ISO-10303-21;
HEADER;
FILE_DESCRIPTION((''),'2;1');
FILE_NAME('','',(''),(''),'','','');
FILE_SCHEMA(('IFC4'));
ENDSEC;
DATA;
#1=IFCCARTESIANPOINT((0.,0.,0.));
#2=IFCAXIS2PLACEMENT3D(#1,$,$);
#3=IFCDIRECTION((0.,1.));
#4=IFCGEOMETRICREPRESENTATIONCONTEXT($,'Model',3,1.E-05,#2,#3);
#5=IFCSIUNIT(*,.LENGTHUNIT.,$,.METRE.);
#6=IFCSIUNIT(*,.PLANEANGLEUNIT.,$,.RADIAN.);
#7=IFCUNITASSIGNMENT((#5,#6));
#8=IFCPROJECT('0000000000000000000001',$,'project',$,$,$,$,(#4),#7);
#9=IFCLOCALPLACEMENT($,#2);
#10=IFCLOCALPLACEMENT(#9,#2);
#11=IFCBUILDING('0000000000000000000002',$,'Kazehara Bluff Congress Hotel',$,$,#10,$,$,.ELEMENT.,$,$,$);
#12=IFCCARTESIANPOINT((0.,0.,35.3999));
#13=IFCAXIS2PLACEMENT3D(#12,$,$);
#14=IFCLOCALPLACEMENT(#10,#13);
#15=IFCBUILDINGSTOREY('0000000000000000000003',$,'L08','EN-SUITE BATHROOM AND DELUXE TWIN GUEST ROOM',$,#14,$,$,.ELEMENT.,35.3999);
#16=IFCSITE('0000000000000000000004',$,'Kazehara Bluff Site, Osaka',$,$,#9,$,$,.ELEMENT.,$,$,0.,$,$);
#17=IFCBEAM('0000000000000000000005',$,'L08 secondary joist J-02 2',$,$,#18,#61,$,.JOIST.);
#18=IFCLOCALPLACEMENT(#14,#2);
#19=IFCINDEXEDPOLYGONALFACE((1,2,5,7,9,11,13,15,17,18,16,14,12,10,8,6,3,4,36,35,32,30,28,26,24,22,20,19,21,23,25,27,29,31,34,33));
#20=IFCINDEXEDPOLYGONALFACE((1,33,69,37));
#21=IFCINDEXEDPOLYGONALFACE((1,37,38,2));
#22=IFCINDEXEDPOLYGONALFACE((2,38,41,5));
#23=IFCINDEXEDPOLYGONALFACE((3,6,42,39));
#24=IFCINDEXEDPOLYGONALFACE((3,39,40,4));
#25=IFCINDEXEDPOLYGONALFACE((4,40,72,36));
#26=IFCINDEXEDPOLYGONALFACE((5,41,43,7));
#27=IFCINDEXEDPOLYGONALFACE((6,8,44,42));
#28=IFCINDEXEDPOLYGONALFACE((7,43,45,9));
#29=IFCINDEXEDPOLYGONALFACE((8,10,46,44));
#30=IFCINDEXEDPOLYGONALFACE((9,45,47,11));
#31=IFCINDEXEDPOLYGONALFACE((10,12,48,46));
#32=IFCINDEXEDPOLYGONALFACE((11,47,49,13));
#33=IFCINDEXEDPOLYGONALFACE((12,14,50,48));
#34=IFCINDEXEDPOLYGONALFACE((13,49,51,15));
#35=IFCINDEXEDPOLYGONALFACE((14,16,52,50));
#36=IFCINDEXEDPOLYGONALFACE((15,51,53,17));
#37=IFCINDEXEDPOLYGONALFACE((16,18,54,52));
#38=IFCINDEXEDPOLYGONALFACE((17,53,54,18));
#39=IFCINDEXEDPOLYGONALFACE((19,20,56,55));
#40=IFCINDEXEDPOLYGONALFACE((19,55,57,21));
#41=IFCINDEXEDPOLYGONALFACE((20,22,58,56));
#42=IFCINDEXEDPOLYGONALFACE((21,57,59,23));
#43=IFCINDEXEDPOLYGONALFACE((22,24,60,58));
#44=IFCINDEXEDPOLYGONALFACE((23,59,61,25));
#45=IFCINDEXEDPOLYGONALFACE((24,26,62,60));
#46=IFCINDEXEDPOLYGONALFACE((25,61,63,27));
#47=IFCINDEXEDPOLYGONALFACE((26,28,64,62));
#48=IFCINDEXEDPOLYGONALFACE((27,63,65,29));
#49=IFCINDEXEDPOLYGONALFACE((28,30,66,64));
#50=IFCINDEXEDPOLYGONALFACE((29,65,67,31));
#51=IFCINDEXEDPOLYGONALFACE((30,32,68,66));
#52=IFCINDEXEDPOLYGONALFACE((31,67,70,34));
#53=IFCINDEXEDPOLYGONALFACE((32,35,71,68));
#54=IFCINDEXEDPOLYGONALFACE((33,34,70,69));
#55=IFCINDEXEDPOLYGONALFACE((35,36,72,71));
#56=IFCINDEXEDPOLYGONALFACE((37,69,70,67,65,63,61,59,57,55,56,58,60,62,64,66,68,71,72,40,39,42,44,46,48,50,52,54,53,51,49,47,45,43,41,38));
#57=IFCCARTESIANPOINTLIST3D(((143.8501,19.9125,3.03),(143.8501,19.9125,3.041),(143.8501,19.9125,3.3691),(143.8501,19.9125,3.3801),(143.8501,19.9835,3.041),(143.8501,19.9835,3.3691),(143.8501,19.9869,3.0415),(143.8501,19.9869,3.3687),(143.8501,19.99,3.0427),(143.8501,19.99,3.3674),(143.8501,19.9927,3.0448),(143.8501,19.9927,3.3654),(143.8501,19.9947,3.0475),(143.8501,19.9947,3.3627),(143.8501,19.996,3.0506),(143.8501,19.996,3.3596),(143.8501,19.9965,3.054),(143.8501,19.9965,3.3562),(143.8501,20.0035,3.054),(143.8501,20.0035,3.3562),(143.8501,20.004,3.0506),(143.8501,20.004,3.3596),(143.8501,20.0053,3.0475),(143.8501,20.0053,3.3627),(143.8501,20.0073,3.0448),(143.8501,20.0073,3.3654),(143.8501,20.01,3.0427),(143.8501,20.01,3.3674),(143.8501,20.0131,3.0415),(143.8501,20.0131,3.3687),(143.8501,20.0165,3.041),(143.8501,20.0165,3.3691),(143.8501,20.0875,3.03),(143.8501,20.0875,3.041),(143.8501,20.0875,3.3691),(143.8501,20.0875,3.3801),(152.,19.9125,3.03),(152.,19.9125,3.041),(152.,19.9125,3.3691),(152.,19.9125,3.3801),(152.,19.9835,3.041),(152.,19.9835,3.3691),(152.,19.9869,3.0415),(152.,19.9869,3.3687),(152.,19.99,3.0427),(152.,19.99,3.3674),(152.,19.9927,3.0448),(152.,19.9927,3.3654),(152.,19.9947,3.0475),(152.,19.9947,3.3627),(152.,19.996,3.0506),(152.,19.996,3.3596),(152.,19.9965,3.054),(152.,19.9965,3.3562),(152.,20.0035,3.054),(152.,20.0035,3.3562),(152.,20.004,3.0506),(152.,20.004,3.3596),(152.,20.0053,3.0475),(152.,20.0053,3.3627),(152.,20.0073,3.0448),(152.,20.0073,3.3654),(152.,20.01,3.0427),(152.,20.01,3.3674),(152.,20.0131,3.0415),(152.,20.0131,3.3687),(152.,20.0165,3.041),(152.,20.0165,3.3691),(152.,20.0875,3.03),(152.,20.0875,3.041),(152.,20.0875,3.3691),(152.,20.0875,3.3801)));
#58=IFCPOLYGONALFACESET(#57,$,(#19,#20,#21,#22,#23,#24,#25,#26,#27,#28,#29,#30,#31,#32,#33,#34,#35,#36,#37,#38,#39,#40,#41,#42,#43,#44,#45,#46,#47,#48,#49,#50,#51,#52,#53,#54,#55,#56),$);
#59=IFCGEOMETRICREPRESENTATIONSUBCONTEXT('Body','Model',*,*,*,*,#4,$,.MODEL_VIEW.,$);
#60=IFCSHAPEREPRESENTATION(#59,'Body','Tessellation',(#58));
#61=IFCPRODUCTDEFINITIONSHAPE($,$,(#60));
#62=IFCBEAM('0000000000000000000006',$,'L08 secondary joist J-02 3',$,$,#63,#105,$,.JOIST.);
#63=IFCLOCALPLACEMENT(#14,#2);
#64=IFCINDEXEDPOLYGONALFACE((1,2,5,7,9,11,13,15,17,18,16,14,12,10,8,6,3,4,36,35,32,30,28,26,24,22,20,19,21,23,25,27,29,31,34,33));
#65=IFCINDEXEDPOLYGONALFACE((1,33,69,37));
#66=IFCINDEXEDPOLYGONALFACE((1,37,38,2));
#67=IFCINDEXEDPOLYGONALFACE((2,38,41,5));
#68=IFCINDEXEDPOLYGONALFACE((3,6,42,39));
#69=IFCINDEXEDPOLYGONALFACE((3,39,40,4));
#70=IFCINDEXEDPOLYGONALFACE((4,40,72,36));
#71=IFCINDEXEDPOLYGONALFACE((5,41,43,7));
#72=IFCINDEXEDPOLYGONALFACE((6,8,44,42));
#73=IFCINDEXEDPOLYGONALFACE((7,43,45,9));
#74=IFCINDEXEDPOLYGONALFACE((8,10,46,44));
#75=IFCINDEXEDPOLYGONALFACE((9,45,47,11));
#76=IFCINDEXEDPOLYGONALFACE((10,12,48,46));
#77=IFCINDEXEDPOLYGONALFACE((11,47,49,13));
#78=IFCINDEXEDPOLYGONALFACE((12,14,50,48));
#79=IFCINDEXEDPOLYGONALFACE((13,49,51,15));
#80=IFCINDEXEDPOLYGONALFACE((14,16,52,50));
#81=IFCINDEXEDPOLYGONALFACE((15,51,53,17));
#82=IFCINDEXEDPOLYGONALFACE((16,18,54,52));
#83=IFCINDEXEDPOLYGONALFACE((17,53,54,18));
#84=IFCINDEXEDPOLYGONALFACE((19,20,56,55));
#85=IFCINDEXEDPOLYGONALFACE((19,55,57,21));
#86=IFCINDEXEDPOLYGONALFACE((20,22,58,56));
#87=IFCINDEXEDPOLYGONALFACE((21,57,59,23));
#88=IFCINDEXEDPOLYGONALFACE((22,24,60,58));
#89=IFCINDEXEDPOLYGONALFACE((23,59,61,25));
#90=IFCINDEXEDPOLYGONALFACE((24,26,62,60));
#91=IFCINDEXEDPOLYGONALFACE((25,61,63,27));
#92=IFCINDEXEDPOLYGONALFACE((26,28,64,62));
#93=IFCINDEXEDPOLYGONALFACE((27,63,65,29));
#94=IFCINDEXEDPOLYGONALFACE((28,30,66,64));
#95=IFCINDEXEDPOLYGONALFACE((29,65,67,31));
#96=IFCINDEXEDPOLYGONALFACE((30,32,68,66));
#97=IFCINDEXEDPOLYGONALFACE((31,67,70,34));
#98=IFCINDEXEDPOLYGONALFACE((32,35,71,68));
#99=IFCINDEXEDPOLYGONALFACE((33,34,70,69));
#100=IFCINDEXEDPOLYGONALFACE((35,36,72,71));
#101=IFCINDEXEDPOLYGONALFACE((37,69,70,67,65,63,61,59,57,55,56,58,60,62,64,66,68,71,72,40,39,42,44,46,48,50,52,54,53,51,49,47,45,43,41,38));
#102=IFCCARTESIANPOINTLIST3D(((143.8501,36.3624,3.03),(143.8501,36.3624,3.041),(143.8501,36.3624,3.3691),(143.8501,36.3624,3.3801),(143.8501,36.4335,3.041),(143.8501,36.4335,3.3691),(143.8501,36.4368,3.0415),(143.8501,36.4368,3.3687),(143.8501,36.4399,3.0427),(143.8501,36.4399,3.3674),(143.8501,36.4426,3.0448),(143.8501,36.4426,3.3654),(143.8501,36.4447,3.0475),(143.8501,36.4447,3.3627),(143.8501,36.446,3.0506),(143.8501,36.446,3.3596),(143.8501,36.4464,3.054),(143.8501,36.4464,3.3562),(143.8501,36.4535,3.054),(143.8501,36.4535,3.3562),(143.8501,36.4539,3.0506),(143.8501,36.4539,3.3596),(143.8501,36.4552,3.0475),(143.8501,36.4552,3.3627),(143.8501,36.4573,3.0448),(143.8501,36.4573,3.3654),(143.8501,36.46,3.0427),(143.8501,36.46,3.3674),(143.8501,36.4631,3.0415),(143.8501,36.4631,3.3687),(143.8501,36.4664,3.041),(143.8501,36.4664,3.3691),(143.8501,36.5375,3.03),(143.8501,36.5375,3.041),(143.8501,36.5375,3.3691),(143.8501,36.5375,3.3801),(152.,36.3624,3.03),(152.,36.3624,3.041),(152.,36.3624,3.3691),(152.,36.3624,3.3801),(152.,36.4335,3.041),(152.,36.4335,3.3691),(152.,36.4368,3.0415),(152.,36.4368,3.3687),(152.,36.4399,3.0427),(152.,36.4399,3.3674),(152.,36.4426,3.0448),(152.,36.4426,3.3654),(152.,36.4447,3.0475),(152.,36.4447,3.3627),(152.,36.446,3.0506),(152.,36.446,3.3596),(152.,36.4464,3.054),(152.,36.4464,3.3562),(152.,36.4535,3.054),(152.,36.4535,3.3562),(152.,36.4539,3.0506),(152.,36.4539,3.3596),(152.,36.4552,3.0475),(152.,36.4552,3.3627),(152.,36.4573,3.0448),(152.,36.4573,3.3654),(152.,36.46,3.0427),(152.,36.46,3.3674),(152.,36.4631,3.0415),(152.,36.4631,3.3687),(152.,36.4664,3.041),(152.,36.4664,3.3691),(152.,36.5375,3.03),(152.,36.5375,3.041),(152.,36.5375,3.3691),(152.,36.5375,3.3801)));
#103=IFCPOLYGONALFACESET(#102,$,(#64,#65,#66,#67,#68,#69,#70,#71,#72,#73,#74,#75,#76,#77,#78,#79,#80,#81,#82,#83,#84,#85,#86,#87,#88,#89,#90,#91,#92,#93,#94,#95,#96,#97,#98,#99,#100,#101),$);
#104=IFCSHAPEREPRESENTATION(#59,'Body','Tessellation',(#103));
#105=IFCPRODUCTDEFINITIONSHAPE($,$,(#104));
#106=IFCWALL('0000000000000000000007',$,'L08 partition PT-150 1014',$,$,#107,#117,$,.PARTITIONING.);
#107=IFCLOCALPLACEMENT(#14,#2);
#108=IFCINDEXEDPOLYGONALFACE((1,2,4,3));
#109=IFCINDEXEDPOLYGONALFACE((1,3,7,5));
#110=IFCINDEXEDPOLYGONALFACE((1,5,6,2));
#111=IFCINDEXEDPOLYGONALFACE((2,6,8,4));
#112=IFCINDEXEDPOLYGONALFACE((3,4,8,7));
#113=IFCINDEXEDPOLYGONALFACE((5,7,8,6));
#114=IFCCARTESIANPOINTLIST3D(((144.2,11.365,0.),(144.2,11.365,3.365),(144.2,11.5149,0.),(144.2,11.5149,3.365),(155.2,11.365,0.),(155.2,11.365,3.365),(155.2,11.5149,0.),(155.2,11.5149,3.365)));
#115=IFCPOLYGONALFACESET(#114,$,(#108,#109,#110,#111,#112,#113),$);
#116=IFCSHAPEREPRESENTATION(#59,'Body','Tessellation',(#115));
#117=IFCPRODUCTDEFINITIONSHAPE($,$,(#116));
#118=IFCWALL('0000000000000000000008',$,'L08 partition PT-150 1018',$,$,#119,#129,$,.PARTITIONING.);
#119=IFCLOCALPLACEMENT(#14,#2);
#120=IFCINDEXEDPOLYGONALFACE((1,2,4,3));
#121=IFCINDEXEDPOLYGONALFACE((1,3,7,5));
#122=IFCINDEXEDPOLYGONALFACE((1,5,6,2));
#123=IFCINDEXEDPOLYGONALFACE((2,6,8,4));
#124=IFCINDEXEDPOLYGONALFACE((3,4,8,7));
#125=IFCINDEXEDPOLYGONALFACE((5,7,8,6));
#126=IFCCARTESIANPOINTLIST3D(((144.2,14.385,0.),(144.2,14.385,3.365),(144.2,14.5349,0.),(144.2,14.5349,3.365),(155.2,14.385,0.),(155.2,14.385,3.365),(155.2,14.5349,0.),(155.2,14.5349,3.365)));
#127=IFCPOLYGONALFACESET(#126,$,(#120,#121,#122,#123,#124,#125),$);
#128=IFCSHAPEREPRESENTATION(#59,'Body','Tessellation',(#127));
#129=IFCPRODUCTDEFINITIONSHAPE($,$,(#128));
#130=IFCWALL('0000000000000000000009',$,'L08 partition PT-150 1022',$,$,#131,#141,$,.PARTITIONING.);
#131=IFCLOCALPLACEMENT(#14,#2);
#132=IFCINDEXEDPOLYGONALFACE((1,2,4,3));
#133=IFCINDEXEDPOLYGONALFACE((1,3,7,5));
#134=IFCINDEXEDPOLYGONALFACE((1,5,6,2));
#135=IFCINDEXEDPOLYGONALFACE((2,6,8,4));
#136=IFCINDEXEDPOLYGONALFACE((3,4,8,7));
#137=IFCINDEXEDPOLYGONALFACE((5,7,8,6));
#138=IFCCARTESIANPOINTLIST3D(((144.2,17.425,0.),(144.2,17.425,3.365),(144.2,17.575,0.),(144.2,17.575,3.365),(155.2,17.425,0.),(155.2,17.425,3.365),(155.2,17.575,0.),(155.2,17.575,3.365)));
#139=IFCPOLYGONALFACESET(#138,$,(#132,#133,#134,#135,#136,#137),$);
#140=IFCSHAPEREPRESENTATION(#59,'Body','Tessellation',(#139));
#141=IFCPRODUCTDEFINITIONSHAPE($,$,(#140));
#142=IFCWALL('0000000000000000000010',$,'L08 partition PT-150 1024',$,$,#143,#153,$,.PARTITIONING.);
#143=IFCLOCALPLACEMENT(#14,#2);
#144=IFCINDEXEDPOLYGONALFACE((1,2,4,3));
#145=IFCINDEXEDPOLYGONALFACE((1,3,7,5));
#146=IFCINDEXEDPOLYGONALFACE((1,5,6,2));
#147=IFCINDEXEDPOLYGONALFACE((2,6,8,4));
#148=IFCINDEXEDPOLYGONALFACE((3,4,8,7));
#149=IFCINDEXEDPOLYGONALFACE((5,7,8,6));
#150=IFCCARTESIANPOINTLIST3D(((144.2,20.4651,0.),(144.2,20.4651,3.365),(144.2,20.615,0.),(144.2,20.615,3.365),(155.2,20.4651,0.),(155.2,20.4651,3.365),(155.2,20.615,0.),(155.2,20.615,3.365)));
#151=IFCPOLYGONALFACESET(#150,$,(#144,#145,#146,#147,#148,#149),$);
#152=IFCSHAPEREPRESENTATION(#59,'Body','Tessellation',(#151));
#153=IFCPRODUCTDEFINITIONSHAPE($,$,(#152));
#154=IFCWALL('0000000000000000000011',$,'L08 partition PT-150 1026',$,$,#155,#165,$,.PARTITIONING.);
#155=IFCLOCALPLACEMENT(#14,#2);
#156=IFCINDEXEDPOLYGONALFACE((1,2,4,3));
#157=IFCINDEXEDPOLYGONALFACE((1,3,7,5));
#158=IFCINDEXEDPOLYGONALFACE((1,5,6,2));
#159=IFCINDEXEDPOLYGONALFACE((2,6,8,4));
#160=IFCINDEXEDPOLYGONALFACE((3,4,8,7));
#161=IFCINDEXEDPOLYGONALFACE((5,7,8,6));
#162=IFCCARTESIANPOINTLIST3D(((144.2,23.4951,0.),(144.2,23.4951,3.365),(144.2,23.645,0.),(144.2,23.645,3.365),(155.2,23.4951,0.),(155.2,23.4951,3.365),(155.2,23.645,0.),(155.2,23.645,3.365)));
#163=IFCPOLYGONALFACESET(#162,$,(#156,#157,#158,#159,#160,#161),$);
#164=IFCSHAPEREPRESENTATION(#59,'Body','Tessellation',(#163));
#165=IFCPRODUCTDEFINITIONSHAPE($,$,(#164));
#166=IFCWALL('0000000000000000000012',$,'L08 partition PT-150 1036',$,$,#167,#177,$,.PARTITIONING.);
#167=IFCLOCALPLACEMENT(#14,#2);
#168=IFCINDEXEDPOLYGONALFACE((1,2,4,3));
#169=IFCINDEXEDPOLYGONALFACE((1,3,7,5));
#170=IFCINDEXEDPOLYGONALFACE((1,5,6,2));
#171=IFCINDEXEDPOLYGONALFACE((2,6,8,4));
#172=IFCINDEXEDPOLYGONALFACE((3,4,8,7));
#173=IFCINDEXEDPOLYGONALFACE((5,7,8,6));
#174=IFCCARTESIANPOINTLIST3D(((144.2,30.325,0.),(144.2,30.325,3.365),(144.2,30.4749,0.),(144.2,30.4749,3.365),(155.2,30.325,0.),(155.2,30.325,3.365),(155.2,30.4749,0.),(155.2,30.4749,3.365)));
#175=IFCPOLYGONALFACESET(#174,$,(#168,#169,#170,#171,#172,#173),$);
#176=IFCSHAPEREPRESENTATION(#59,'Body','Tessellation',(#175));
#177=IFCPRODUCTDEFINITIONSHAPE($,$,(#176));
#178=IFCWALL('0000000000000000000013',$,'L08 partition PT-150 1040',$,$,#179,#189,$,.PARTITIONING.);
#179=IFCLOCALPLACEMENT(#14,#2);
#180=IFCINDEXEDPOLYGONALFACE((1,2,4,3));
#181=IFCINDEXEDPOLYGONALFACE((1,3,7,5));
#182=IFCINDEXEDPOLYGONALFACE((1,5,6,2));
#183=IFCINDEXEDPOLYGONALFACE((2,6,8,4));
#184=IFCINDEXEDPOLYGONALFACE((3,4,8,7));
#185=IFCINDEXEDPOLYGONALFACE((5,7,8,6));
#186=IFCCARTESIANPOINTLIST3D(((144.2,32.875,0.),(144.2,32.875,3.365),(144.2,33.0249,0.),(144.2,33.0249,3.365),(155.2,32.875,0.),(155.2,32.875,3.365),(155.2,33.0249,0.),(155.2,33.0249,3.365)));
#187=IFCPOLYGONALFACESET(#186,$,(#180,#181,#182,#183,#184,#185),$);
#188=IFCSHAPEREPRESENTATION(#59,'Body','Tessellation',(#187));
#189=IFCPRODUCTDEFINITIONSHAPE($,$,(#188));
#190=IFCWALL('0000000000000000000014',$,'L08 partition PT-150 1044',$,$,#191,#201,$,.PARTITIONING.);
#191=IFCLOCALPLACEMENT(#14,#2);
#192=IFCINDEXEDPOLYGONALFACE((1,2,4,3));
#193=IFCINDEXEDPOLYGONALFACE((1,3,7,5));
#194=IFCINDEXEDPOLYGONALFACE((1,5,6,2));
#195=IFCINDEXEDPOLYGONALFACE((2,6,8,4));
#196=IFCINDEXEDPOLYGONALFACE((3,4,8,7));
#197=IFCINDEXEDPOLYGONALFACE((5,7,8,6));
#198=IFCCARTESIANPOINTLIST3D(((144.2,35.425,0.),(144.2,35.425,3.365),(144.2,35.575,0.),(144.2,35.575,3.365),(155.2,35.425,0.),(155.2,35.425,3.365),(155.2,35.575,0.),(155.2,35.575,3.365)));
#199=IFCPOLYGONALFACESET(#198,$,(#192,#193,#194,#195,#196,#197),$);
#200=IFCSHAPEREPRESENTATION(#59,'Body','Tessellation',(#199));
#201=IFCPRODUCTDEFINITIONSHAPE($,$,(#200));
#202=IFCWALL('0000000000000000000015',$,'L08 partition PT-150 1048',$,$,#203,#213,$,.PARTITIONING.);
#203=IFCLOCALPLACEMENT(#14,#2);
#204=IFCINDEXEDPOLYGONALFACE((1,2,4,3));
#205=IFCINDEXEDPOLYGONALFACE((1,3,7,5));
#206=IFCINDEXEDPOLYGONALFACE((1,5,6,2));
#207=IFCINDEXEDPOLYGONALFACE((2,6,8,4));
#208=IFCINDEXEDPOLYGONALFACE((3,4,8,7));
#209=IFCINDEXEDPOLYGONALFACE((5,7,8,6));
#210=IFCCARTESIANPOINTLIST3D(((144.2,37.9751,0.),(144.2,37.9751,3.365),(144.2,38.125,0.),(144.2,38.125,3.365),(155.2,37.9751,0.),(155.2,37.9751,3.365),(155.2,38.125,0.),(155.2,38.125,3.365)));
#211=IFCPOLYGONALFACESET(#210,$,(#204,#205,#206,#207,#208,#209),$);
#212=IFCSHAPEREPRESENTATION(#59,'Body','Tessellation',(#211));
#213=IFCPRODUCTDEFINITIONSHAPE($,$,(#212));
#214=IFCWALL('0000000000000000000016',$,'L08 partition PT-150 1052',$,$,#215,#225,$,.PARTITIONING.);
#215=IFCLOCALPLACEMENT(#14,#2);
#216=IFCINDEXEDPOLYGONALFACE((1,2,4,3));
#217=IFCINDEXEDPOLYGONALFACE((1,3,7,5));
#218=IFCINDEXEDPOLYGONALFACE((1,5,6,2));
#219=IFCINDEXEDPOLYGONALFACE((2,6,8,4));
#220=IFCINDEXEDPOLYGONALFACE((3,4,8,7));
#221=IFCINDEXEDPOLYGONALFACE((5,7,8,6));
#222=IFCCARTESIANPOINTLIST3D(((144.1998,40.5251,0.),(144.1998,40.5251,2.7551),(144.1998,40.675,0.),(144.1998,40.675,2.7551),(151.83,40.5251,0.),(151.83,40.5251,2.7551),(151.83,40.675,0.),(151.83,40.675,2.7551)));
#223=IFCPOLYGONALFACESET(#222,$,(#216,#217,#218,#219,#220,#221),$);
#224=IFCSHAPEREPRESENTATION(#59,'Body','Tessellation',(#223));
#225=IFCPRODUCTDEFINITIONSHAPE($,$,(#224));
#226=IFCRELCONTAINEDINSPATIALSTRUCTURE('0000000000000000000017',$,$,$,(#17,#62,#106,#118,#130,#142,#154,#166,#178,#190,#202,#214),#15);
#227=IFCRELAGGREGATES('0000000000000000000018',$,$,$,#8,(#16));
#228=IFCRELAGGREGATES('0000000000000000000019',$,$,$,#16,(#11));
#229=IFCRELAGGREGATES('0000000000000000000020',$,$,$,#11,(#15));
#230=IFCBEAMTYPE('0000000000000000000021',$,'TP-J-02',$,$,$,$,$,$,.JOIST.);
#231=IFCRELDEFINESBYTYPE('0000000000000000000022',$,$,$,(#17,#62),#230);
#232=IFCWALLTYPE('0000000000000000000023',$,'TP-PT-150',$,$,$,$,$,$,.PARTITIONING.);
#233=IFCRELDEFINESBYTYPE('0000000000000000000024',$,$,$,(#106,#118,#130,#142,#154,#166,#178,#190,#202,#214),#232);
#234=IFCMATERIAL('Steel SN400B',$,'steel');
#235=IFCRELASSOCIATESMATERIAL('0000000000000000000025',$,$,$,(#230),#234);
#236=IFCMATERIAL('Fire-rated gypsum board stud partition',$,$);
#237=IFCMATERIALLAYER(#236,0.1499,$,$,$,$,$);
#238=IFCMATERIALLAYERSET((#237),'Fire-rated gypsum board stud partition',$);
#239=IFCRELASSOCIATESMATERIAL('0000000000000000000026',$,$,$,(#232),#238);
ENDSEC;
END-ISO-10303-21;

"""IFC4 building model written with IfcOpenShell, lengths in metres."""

from ifc_helpers import new_model, si_unit, direction, frame, frame_2d, origin, origin_2d, place, context, subcontext, project, spatial, rectangle, i_section, extrude, material, layer, layer_set, material_profile, profile_set, type_object, element, save


model = new_model("IFC4")

# Units and contexts
model_context = context("Model", 3, precision=1e-05, world=origin(), true_north=direction((0.0, 1.0)))
body_context = subcontext(model_context, "Body", "Model", "MODEL_VIEW")
ifc_project = project(units=[si_unit("LENGTHUNIT", "METRE"), si_unit("PLANEANGLEUNIT", "RADIAN")], contexts=[model_context])

# Site, building, storey
site_placement = place(None, origin())
site = spatial("IfcSite", under=ifc_project, at=site_placement, Name="Kazehara Bluff Site, Osaka", CompositionType="ELEMENT", RefElevation=0.0)
building_placement = place(site_placement, origin())
building = spatial("IfcBuilding", under=site, at=building_placement, Name="Kazehara Bluff Congress Hotel", CompositionType="ELEMENT")
storey_placement = place(building_placement, frame((0.0, 0.0, 35.3999)))
storey = spatial("IfcBuildingStorey", under=building, at=storey_placement, Name="L08", Description="EN-SUITE BATHROOM AND DELUXE TWIN GUEST ROOM", CompositionType="ELEMENT", Elevation=35.3999)

# Beams
ifc_material_1 = material(Name="Steel SN400B", Category="steel")
ifc_material_profile_1 = material_profile(ifc_material_1, i_section(OverallWidth=0.175, OverallDepth=0.3501, WebThickness=0.0071, FlangeThickness=0.011, FilletRadius=0.0129, at=origin_2d()))
ifc_profile_set_1 = profile_set([ifc_material_profile_1], Name="Steel SN400B")
beam_type_1 = type_object("IfcBeamType", Name="TP-J-02", PredefinedType="JOIST", material=ifc_profile_set_1)
for number, where, z_axis, x_axis, name in (
    (1, (143.8501, 20.0, 3.2051), (1.0, 0.0, 0.0), (0.0, 1.0, 0.0), "L08 secondary joist J-02 2"),
    (2, (143.8501, 36.45, 3.2051), (1.0, 0.0, 0.0), (0.0, 1.0, 0.0), "L08 secondary joist J-02 3"),
):
    element("IfcBeam", number, at=place(storey_placement, frame(where, z_axis=z_axis, x_axis=x_axis)), inside=storey, type_object=beam_type_1, Name=name, PredefinedType="JOIST", context=body_context, shape_type="SweptSolid", body=[
        extrude(i_section(OverallWidth=0.175, OverallDepth=0.3501, WebThickness=0.0071, FlangeThickness=0.011, FilletRadius=0.0129, at=origin_2d()), origin(), (0.0, 0.0, 1.0), 8.1499),
    ])

# Walls
ifc_material_2 = material(Name="Fire-rated gypsum board stud partition")
ifc_layer_1 = layer(ifc_material_2, 0.1499)
ifc_layer_set_1 = layer_set([ifc_layer_1], Name="Fire-rated gypsum board stud partition")
wall_type = type_object("IfcWallType", Name="TP-PT-150", PredefinedType="PARTITIONING", material=ifc_layer_set_1)
for number, where, z_axis, x_axis, name in (
    (3, (144.2, 11.4399, 0.0), (0.0, 0.0, 1.0), (1.0, 0.0, 0.0), "L08 partition PT-150 1014"),
    (4, (144.2, 14.46, 0.0), (0.0, 0.0, 1.0), (1.0, 0.0, 0.0), "L08 partition PT-150 1018"),
    (5, (144.2, 17.5, 0.0), (0.0, 0.0, 1.0), (1.0, 0.0, 0.0), "L08 partition PT-150 1022"),
    (6, (144.2, 20.54, 0.0), (0.0, 0.0, 1.0), (1.0, 0.0, 0.0), "L08 partition PT-150 1024"),
    (7, (144.2, 23.5701, 0.0), (0.0, 0.0, 1.0), (1.0, 0.0, 0.0), "L08 partition PT-150 1026"),
    (8, (144.2, 30.3999, 0.0), (0.0, 0.0, 1.0), (1.0, 0.0, 0.0), "L08 partition PT-150 1036"),
    (9, (144.2, 32.95, 0.0), (0.0, 0.0, 1.0), (1.0, 0.0, 0.0), "L08 partition PT-150 1040"),
    (10, (144.2, 35.5, 0.0), (0.0, 0.0, 1.0), (1.0, 0.0, 0.0), "L08 partition PT-150 1044"),
    (11, (144.2, 38.05, 0.0), (0.0, 0.0, 1.0), (1.0, 0.0, 0.0), "L08 partition PT-150 1048"),
):
    element("IfcWall", number, at=place(storey_placement, frame(where, z_axis=z_axis, x_axis=x_axis)), inside=storey, type_object=wall_type, Name=name, PredefinedType="PARTITIONING", context=body_context, shape_type="SweptSolid", body=[
        extrude(rectangle(XDim=11.0, YDim=0.1499, at=frame_2d((5.5, 0.0))), origin(), (0.0, 0.0, 1.0), 3.365),
    ])
wall_placement = place(storey_placement, frame((144.2, 40.6001, 0.0), z_axis=(0.0, 0.0, 1.0), x_axis=(1.0, 0.0, 0.0)))
element("IfcWall", 12, at=wall_placement, inside=storey, type_object=wall_type, Name="L08 partition PT-150 1052", PredefinedType="PARTITIONING", context=body_context, shape_type="SweptSolid", body=[
    extrude(rectangle(XDim=7.6301, YDim=0.1499, at=frame_2d((3.8149, 0.0))), origin(), (0.0, 0.0, 1.0), 2.7551),
])

save(model, "model.ifc")
